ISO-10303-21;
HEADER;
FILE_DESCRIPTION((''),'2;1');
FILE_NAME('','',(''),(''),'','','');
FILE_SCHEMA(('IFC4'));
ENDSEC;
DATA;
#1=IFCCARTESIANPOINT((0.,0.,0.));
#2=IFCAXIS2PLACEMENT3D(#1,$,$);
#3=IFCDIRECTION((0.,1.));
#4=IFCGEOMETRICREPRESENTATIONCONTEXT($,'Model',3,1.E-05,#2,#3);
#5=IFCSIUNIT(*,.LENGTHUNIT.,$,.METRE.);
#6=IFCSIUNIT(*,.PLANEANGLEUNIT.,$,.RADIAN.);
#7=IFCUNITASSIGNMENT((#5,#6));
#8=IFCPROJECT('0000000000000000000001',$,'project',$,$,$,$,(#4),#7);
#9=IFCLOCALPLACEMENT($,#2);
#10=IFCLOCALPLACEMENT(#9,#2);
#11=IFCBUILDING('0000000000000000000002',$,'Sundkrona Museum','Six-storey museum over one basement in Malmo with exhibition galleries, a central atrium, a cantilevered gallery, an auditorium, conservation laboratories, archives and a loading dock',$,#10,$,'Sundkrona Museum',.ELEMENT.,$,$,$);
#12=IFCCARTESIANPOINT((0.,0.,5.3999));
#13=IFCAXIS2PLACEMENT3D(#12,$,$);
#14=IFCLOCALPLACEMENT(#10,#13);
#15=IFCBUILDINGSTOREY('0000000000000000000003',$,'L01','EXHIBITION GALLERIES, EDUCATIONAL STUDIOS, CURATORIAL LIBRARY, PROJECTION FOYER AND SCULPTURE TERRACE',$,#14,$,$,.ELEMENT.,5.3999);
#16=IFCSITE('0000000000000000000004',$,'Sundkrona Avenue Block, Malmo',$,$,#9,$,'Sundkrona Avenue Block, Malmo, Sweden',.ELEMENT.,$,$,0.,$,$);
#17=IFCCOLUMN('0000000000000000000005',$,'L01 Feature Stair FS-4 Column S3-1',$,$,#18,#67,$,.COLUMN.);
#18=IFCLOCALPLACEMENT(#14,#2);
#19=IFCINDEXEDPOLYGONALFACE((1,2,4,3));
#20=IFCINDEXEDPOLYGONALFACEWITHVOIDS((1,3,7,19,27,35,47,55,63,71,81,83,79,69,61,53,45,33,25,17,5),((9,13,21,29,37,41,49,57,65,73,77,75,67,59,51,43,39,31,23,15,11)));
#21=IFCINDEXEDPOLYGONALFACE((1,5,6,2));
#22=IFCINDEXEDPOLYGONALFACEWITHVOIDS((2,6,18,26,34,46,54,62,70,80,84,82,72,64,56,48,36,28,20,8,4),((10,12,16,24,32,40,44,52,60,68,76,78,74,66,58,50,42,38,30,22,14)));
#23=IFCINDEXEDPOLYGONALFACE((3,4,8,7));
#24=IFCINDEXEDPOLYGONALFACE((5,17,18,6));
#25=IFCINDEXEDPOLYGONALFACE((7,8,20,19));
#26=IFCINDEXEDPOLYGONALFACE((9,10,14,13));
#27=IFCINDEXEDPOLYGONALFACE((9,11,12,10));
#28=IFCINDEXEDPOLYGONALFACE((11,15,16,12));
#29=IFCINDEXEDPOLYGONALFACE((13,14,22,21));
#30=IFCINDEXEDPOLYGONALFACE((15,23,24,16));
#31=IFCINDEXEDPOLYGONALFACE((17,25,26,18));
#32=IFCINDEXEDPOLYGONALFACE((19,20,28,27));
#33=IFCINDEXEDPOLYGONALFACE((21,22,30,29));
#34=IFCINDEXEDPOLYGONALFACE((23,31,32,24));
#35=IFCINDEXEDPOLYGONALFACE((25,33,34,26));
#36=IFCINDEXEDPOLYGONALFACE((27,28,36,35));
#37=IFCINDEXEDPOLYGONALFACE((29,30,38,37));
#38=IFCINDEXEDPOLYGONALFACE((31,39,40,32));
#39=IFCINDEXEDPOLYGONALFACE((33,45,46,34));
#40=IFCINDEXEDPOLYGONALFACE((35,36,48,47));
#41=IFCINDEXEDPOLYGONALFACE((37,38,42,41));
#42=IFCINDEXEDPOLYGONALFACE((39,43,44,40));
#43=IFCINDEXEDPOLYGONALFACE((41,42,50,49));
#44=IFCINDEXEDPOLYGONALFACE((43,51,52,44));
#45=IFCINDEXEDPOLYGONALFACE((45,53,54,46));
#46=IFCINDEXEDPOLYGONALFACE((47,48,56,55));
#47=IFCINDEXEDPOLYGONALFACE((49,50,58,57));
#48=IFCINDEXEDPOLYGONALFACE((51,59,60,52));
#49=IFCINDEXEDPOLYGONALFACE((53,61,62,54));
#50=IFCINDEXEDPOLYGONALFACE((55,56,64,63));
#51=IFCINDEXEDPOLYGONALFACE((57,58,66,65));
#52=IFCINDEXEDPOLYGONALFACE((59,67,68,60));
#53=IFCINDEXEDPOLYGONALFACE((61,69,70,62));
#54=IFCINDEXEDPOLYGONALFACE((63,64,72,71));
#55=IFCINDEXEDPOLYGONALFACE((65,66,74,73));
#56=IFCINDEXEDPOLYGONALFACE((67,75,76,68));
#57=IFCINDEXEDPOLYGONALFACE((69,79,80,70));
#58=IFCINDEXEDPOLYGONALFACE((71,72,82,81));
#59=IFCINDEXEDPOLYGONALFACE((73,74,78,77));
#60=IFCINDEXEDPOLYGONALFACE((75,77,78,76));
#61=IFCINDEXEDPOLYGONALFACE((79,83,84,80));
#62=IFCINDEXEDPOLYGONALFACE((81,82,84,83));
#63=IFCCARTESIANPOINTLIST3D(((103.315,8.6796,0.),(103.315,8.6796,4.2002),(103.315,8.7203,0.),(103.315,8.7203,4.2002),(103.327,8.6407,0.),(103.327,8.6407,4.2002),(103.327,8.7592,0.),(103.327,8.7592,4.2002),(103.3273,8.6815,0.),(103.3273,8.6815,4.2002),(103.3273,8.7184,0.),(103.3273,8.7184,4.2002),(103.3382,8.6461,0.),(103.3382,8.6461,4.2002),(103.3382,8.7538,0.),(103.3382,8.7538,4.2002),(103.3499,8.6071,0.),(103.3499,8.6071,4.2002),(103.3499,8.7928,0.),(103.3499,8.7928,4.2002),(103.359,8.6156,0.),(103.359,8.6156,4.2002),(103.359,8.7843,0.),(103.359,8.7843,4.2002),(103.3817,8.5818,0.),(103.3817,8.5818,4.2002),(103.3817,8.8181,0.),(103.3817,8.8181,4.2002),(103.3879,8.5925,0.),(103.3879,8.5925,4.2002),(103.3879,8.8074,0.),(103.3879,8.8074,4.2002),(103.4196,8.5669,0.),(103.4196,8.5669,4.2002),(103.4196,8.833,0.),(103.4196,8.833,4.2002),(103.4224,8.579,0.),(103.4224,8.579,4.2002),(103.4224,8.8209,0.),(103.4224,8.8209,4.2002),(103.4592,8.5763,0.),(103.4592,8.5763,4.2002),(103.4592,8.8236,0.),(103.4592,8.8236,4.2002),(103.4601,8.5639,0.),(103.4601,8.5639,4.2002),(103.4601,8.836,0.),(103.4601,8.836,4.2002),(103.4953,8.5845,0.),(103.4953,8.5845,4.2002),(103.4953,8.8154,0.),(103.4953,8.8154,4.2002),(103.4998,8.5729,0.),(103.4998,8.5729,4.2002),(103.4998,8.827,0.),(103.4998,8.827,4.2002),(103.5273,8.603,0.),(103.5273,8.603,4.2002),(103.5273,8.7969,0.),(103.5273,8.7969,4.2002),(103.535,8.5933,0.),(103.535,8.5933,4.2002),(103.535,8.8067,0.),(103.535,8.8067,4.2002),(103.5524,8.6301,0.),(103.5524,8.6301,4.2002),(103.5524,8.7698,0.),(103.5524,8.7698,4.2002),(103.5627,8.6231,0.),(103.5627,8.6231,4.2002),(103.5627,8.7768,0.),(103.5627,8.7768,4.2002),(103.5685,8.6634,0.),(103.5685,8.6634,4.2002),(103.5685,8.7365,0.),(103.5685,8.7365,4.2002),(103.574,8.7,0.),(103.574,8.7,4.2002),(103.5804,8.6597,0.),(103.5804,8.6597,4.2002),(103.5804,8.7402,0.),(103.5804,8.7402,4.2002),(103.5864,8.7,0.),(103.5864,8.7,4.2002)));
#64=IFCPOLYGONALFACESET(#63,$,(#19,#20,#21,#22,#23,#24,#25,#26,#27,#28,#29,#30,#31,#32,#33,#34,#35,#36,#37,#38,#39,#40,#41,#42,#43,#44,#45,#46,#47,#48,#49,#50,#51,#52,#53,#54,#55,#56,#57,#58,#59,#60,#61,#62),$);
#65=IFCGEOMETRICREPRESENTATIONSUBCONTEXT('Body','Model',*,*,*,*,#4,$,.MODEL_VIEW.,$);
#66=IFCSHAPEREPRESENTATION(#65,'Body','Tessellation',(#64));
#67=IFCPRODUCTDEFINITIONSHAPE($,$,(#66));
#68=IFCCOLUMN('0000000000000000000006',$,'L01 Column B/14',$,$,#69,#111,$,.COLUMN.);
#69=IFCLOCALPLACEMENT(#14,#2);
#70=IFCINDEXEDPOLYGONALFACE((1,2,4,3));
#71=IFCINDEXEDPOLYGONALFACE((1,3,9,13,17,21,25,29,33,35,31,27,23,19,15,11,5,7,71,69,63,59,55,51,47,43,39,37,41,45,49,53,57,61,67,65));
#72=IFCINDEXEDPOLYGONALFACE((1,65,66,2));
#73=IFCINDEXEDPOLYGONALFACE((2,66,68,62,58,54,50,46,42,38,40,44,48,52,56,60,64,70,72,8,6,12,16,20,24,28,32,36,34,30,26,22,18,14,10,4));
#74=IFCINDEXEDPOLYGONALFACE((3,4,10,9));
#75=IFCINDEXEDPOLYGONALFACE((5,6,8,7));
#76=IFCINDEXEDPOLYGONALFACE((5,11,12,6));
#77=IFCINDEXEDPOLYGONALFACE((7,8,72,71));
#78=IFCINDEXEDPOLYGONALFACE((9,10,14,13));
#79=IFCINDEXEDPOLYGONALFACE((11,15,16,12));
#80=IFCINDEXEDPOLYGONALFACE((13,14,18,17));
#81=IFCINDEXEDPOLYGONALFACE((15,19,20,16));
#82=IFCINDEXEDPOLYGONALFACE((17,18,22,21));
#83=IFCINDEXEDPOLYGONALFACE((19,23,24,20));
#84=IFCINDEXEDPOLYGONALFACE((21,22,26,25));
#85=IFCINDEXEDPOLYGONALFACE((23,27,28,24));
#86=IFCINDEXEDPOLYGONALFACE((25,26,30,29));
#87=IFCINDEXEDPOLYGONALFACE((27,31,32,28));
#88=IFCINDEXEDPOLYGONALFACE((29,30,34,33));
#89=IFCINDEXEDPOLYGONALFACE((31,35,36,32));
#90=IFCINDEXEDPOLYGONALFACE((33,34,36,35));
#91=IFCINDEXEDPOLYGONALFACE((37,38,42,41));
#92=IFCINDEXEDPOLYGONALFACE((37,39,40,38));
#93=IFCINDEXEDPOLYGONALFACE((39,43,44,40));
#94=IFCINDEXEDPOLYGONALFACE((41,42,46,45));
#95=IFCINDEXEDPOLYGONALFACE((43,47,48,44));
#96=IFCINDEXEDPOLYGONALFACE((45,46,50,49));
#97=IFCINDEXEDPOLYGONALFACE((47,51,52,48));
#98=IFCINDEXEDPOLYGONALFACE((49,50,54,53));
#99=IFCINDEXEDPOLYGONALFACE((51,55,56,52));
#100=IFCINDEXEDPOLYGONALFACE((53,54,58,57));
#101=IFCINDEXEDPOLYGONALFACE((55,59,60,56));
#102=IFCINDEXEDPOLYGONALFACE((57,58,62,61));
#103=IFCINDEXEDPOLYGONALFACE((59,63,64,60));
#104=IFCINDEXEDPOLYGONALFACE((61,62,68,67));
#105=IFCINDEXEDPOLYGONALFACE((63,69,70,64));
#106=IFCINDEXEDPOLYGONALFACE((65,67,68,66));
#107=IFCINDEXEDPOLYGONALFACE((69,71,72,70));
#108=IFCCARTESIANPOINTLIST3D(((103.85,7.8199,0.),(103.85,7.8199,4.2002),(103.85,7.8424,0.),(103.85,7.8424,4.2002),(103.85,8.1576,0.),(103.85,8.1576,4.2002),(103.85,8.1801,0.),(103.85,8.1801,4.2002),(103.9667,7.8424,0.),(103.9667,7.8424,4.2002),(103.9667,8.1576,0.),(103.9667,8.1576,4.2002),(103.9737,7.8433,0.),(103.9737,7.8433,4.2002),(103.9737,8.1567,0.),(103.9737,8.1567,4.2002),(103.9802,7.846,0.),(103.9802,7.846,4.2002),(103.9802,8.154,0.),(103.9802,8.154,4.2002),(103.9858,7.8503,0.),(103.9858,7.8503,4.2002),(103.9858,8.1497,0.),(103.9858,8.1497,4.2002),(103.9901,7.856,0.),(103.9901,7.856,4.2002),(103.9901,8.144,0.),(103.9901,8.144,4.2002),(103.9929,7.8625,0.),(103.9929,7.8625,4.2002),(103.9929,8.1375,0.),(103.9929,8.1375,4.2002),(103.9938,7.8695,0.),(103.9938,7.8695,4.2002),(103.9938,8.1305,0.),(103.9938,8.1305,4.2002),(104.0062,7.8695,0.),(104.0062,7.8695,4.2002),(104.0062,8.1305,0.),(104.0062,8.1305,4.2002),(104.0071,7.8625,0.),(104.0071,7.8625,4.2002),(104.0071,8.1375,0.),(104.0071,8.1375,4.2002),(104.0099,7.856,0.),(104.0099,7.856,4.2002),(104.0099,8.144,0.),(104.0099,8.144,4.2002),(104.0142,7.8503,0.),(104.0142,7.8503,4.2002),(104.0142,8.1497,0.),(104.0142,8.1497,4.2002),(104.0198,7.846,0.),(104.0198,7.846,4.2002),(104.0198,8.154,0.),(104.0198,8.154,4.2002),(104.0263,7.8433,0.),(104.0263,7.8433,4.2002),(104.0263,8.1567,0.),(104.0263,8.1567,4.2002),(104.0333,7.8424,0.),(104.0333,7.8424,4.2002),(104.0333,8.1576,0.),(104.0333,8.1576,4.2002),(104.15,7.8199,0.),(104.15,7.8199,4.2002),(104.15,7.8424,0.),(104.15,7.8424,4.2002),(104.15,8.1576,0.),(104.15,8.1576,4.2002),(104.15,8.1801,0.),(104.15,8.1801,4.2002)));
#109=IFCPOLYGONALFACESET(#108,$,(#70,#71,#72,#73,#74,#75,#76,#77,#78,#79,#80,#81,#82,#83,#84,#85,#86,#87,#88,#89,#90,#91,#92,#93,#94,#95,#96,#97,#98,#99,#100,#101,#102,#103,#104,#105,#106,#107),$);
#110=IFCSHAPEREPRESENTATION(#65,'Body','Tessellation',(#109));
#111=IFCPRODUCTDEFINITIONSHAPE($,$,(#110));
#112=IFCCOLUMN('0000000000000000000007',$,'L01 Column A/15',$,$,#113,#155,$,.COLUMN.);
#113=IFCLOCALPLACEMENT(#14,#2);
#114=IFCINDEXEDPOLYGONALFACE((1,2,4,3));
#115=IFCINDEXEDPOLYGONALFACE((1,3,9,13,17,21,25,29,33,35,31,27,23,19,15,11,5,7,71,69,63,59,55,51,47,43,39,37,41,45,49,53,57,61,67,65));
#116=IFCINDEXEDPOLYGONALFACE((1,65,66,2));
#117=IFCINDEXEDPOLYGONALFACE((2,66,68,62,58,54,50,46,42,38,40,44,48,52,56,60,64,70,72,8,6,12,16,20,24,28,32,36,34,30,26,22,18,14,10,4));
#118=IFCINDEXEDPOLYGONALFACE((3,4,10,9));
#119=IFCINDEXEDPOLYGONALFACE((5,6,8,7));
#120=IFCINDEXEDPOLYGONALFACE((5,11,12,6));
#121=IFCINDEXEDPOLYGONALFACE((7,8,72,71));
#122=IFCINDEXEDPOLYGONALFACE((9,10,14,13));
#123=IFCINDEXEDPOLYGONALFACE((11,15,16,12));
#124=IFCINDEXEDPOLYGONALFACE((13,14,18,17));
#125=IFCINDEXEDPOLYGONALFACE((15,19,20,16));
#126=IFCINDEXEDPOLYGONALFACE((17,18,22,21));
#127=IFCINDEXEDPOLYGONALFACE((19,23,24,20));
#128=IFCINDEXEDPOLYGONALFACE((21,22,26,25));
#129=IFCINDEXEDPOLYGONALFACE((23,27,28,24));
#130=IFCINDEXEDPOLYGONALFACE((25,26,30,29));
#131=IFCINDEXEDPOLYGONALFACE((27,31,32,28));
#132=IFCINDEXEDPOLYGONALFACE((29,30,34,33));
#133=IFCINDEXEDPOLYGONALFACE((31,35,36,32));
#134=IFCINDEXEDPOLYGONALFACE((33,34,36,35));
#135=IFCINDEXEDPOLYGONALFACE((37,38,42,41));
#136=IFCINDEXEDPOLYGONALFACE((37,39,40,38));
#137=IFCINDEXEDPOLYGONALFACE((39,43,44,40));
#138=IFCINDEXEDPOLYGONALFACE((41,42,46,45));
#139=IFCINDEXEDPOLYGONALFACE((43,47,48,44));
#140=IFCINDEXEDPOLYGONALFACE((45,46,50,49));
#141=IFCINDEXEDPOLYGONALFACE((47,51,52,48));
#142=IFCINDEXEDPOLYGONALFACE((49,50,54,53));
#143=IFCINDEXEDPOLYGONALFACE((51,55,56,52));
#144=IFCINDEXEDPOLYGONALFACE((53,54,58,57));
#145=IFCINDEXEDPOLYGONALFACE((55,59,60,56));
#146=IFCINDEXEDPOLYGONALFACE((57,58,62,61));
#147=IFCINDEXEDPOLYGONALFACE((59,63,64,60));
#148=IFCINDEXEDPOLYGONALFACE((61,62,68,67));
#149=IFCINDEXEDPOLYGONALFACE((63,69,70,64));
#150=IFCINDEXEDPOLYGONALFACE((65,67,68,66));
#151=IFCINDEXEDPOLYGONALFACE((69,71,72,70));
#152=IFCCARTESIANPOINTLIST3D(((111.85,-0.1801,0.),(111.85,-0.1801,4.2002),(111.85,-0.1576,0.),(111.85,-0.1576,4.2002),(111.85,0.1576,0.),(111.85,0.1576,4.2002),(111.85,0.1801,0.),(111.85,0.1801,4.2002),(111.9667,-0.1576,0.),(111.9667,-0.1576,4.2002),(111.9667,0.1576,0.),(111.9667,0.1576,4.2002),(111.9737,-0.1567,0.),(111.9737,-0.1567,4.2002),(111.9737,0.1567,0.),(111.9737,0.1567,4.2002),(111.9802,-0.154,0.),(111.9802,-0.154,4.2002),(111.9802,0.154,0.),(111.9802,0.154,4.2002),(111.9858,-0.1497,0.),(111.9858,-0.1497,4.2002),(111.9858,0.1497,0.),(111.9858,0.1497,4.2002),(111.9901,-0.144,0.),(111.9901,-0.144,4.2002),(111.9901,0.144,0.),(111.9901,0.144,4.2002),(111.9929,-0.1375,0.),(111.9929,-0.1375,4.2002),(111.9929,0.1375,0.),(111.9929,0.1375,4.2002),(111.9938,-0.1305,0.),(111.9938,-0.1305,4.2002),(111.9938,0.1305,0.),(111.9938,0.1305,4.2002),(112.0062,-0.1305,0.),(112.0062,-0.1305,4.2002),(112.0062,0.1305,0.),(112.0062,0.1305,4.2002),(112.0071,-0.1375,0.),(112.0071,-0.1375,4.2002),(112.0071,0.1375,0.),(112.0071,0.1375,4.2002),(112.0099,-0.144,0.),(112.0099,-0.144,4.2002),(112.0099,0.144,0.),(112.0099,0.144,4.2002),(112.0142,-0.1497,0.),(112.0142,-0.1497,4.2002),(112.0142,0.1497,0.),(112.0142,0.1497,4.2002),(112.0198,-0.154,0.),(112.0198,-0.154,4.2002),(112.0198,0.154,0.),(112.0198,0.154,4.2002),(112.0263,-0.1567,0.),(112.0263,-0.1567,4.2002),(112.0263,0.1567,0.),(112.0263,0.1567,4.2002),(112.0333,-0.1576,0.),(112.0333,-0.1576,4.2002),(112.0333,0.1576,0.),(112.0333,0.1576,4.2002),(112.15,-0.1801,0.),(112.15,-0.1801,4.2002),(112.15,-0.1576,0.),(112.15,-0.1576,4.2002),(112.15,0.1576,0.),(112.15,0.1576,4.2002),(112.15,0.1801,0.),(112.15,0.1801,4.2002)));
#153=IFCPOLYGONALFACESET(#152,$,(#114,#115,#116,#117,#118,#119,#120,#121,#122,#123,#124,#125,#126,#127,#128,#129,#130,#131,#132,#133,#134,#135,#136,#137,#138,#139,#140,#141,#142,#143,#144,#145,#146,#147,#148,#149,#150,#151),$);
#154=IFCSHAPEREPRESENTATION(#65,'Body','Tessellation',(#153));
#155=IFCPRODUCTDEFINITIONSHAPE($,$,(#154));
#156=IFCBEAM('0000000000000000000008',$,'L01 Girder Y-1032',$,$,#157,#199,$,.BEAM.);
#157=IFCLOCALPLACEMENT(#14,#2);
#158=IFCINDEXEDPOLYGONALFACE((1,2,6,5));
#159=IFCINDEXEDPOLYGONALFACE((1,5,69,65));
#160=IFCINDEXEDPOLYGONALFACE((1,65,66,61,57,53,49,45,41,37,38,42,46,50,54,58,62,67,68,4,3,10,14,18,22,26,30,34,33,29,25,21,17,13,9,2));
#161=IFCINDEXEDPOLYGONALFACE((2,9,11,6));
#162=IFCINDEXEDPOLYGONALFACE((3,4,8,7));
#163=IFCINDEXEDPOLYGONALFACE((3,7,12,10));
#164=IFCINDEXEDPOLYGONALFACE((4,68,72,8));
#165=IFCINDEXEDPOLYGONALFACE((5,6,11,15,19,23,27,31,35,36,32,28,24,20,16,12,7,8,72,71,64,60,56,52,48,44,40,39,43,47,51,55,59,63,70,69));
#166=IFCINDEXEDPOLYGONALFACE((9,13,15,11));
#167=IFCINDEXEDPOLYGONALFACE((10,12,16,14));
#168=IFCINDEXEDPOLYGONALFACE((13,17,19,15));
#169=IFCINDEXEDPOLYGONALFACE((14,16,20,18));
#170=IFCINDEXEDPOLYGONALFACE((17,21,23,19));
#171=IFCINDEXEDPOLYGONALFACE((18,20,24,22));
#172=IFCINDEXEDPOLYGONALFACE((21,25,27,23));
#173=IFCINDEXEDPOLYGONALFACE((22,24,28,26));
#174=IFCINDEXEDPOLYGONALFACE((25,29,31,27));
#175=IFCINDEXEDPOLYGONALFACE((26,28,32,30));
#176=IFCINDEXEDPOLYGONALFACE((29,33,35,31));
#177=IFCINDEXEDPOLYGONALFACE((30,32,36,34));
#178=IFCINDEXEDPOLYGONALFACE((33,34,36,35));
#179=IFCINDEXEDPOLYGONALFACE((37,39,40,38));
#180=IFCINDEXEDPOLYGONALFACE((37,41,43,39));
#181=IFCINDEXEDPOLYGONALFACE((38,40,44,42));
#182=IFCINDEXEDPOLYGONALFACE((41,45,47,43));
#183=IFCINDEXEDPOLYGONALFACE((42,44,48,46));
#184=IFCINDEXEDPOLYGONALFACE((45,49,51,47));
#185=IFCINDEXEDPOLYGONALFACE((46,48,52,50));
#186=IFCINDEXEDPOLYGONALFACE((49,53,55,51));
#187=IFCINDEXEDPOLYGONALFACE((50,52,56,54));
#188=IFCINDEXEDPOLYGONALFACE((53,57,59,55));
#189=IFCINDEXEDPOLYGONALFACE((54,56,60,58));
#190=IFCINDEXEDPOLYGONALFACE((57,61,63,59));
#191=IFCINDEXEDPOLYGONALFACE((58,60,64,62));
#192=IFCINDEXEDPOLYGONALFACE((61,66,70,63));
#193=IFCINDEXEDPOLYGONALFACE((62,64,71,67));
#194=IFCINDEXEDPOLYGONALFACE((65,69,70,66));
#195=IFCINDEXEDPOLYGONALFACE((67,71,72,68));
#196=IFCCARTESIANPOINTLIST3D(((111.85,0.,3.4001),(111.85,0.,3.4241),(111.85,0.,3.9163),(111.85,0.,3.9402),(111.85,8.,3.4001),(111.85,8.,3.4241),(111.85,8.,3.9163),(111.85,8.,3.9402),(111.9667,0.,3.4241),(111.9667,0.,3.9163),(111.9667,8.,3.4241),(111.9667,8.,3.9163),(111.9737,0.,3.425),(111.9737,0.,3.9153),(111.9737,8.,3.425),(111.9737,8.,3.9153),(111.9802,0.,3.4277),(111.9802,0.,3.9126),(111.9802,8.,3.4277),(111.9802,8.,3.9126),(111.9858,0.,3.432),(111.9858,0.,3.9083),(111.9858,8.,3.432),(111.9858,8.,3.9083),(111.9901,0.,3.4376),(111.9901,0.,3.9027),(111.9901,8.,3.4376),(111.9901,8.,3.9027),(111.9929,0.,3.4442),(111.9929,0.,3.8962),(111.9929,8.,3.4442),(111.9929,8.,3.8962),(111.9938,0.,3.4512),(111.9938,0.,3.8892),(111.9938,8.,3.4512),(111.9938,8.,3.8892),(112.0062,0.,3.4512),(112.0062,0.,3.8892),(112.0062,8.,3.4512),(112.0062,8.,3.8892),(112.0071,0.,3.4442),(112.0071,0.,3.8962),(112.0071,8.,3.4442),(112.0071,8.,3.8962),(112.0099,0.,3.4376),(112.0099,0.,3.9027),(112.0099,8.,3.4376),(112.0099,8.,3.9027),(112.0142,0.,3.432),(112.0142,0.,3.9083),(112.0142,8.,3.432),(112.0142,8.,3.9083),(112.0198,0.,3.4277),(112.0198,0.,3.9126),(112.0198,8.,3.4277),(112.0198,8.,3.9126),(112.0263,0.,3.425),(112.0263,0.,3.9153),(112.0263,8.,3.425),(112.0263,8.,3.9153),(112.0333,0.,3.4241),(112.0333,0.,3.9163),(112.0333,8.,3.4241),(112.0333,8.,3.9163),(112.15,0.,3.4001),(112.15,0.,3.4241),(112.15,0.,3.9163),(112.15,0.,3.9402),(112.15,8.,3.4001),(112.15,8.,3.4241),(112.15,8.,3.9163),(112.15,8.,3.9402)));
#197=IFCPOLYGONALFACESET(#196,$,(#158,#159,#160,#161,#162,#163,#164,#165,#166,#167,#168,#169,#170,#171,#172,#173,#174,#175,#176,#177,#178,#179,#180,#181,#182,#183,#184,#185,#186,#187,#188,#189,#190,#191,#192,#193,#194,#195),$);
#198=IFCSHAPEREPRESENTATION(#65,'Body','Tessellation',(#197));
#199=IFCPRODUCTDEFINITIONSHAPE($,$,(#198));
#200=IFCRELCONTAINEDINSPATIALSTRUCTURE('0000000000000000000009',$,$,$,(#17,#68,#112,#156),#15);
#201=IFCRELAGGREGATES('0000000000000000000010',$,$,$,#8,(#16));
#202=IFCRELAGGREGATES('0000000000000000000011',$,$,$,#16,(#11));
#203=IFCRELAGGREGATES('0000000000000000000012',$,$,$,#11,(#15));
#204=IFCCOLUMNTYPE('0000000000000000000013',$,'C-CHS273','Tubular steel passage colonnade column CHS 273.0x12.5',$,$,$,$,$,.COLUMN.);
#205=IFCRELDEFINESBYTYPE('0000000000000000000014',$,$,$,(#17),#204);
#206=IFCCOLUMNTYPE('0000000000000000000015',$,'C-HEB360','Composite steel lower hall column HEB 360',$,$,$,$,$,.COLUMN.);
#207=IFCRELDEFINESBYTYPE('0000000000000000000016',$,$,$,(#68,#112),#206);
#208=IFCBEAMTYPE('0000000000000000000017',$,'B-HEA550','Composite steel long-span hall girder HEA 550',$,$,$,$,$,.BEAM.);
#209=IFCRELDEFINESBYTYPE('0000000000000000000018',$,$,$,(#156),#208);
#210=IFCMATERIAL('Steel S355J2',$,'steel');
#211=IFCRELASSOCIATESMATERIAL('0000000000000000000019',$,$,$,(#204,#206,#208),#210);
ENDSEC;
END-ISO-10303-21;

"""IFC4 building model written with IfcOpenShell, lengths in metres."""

from ifc_helpers import new_model, si_unit, direction, frame, origin, origin_2d, place, context, subcontext, project, spatial, hollow_circle, i_section, extrude, material, material_profile, profile_set, type_object, element, save


model = new_model("IFC4")

# Units and contexts
model_context = context("Model", 3, precision=1e-05, world=origin(), true_north=direction((0.0, 1.0)))
body_context = subcontext(model_context, "Body", "Model", "MODEL_VIEW")
ifc_project = project(units=[si_unit("LENGTHUNIT", "METRE"), si_unit("PLANEANGLEUNIT", "RADIAN")], contexts=[model_context])

# Site, building, storey
site_placement = place(None, origin())
site = spatial("IfcSite", under=ifc_project, at=site_placement, Name="Sundkrona Avenue Block, Malmo", LongName="Sundkrona Avenue Block, Malmo, Sweden", CompositionType="ELEMENT", RefElevation=0.0)
building_placement = place(site_placement, origin())
building = spatial("IfcBuilding", under=site, at=building_placement, Name="Sundkrona Museum", Description="Six-storey museum over one basement in Malmo with exhibition galleries, a central atrium, a cantilevered gallery, an auditorium, conservation laboratories, archives and a loading dock", LongName="Sundkrona Museum", CompositionType="ELEMENT")
storey_placement = place(building_placement, frame((0.0, 0.0, 5.3999)))
storey = spatial("IfcBuildingStorey", under=building, at=storey_placement, Name="L01", Description="EXHIBITION GALLERIES, EDUCATIONAL STUDIOS, CURATORIAL LIBRARY, PROJECTION FOYER AND SCULPTURE TERRACE", CompositionType="ELEMENT", Elevation=5.3999)

# Columns
ifc_material_1 = material(Name="Steel S355J2", Category="steel")
ifc_material_profile_1 = material_profile(ifc_material_1, hollow_circle(Radius=0.1365, WallThickness=0.0125, at=origin_2d()), Name="CHS 273.0x12.5")
ifc_profile_set_1 = profile_set([ifc_material_profile_1], Name="Steel S355J2")
column_type_1 = type_object("IfcColumnType", Name="C-CHS273", Description="Tubular steel passage colonnade column CHS 273.0x12.5", PredefinedType="COLUMN", material=ifc_profile_set_1)
column_placement = place(storey_placement, frame((103.45, 8.7, 0.0), z_axis=(0.0, 0.0, 1.0), x_axis=(1.0, 0.0, 0.0)))
element("IfcColumn", 1, at=column_placement, inside=storey, type_object=column_type_1, Name="L01 Feature Stair FS-4 Column S3-1", PredefinedType="COLUMN", context=body_context, shape_type="SweptSolid", body=[
    extrude(hollow_circle(Radius=0.1365, WallThickness=0.0125, at=origin_2d()), origin(), (0.0, 0.0, 1.0), 4.2002),
])
ifc_material_profile_2 = material_profile(ifc_material_1, i_section(OverallWidth=0.3, OverallDepth=0.3601, WebThickness=0.0125, FlangeThickness=0.0225, FilletRadius=0.0271, at=origin_2d()), Name="HEB 360")
ifc_profile_set_2 = profile_set([ifc_material_profile_2], Name="Steel S355J2")
column_type_2 = type_object("IfcColumnType", Name="C-HEB360", Description="Composite steel lower hall column HEB 360", PredefinedType="COLUMN", material=ifc_profile_set_2)
for number, where, z_axis, x_axis, name in (
    (2, (104.0, 8.0, 0.0), (0.0, 0.0, 1.0), (1.0, 0.0, 0.0), "L01 Column B/14"),
    (3, (112.0, 0.0, 0.0), (0.0, 0.0, 1.0), (1.0, 0.0, 0.0), "L01 Column A/15"),
):
    element("IfcColumn", number, at=place(storey_placement, frame(where, z_axis=z_axis, x_axis=x_axis)), inside=storey, type_object=column_type_2, Name=name, PredefinedType="COLUMN", context=body_context, shape_type="SweptSolid", body=[
        extrude(i_section(OverallWidth=0.3, OverallDepth=0.3601, WebThickness=0.0125, FlangeThickness=0.0225, FilletRadius=0.0271, at=origin_2d()), origin(), (0.0, 0.0, 1.0), 4.2002),
    ])

# Beam
ifc_material_profile_3 = material_profile(ifc_material_1, i_section(OverallWidth=0.3, OverallDepth=0.54, WebThickness=0.0125, FlangeThickness=0.0239, FilletRadius=0.0271, at=origin_2d()), Name="HEA 550")
ifc_profile_set_3 = profile_set([ifc_material_profile_3], Name="Steel S355J2")
beam_type_1 = type_object("IfcBeamType", Name="B-HEA550", Description="Composite steel long-span hall girder HEA 550", PredefinedType="BEAM", material=ifc_profile_set_3)
beam_1_placement = place(storey_placement, frame((112.0, 0.0, 3.6702), z_axis=(0.0, 1.0, 0.0), x_axis=(-1.0, 0.0, 0.0)))
element("IfcBeam", 4, at=beam_1_placement, inside=storey, type_object=beam_type_1, Name="L01 Girder Y-1032", PredefinedType="BEAM", context=body_context, shape_type="SweptSolid", body=[
    extrude(i_section(OverallWidth=0.3, OverallDepth=0.54, WebThickness=0.0125, FlangeThickness=0.0239, FilletRadius=0.0271, at=origin_2d()), origin(), (0.0, 0.0, 1.0), 8.0),
])

save(model, "model.ifc")
